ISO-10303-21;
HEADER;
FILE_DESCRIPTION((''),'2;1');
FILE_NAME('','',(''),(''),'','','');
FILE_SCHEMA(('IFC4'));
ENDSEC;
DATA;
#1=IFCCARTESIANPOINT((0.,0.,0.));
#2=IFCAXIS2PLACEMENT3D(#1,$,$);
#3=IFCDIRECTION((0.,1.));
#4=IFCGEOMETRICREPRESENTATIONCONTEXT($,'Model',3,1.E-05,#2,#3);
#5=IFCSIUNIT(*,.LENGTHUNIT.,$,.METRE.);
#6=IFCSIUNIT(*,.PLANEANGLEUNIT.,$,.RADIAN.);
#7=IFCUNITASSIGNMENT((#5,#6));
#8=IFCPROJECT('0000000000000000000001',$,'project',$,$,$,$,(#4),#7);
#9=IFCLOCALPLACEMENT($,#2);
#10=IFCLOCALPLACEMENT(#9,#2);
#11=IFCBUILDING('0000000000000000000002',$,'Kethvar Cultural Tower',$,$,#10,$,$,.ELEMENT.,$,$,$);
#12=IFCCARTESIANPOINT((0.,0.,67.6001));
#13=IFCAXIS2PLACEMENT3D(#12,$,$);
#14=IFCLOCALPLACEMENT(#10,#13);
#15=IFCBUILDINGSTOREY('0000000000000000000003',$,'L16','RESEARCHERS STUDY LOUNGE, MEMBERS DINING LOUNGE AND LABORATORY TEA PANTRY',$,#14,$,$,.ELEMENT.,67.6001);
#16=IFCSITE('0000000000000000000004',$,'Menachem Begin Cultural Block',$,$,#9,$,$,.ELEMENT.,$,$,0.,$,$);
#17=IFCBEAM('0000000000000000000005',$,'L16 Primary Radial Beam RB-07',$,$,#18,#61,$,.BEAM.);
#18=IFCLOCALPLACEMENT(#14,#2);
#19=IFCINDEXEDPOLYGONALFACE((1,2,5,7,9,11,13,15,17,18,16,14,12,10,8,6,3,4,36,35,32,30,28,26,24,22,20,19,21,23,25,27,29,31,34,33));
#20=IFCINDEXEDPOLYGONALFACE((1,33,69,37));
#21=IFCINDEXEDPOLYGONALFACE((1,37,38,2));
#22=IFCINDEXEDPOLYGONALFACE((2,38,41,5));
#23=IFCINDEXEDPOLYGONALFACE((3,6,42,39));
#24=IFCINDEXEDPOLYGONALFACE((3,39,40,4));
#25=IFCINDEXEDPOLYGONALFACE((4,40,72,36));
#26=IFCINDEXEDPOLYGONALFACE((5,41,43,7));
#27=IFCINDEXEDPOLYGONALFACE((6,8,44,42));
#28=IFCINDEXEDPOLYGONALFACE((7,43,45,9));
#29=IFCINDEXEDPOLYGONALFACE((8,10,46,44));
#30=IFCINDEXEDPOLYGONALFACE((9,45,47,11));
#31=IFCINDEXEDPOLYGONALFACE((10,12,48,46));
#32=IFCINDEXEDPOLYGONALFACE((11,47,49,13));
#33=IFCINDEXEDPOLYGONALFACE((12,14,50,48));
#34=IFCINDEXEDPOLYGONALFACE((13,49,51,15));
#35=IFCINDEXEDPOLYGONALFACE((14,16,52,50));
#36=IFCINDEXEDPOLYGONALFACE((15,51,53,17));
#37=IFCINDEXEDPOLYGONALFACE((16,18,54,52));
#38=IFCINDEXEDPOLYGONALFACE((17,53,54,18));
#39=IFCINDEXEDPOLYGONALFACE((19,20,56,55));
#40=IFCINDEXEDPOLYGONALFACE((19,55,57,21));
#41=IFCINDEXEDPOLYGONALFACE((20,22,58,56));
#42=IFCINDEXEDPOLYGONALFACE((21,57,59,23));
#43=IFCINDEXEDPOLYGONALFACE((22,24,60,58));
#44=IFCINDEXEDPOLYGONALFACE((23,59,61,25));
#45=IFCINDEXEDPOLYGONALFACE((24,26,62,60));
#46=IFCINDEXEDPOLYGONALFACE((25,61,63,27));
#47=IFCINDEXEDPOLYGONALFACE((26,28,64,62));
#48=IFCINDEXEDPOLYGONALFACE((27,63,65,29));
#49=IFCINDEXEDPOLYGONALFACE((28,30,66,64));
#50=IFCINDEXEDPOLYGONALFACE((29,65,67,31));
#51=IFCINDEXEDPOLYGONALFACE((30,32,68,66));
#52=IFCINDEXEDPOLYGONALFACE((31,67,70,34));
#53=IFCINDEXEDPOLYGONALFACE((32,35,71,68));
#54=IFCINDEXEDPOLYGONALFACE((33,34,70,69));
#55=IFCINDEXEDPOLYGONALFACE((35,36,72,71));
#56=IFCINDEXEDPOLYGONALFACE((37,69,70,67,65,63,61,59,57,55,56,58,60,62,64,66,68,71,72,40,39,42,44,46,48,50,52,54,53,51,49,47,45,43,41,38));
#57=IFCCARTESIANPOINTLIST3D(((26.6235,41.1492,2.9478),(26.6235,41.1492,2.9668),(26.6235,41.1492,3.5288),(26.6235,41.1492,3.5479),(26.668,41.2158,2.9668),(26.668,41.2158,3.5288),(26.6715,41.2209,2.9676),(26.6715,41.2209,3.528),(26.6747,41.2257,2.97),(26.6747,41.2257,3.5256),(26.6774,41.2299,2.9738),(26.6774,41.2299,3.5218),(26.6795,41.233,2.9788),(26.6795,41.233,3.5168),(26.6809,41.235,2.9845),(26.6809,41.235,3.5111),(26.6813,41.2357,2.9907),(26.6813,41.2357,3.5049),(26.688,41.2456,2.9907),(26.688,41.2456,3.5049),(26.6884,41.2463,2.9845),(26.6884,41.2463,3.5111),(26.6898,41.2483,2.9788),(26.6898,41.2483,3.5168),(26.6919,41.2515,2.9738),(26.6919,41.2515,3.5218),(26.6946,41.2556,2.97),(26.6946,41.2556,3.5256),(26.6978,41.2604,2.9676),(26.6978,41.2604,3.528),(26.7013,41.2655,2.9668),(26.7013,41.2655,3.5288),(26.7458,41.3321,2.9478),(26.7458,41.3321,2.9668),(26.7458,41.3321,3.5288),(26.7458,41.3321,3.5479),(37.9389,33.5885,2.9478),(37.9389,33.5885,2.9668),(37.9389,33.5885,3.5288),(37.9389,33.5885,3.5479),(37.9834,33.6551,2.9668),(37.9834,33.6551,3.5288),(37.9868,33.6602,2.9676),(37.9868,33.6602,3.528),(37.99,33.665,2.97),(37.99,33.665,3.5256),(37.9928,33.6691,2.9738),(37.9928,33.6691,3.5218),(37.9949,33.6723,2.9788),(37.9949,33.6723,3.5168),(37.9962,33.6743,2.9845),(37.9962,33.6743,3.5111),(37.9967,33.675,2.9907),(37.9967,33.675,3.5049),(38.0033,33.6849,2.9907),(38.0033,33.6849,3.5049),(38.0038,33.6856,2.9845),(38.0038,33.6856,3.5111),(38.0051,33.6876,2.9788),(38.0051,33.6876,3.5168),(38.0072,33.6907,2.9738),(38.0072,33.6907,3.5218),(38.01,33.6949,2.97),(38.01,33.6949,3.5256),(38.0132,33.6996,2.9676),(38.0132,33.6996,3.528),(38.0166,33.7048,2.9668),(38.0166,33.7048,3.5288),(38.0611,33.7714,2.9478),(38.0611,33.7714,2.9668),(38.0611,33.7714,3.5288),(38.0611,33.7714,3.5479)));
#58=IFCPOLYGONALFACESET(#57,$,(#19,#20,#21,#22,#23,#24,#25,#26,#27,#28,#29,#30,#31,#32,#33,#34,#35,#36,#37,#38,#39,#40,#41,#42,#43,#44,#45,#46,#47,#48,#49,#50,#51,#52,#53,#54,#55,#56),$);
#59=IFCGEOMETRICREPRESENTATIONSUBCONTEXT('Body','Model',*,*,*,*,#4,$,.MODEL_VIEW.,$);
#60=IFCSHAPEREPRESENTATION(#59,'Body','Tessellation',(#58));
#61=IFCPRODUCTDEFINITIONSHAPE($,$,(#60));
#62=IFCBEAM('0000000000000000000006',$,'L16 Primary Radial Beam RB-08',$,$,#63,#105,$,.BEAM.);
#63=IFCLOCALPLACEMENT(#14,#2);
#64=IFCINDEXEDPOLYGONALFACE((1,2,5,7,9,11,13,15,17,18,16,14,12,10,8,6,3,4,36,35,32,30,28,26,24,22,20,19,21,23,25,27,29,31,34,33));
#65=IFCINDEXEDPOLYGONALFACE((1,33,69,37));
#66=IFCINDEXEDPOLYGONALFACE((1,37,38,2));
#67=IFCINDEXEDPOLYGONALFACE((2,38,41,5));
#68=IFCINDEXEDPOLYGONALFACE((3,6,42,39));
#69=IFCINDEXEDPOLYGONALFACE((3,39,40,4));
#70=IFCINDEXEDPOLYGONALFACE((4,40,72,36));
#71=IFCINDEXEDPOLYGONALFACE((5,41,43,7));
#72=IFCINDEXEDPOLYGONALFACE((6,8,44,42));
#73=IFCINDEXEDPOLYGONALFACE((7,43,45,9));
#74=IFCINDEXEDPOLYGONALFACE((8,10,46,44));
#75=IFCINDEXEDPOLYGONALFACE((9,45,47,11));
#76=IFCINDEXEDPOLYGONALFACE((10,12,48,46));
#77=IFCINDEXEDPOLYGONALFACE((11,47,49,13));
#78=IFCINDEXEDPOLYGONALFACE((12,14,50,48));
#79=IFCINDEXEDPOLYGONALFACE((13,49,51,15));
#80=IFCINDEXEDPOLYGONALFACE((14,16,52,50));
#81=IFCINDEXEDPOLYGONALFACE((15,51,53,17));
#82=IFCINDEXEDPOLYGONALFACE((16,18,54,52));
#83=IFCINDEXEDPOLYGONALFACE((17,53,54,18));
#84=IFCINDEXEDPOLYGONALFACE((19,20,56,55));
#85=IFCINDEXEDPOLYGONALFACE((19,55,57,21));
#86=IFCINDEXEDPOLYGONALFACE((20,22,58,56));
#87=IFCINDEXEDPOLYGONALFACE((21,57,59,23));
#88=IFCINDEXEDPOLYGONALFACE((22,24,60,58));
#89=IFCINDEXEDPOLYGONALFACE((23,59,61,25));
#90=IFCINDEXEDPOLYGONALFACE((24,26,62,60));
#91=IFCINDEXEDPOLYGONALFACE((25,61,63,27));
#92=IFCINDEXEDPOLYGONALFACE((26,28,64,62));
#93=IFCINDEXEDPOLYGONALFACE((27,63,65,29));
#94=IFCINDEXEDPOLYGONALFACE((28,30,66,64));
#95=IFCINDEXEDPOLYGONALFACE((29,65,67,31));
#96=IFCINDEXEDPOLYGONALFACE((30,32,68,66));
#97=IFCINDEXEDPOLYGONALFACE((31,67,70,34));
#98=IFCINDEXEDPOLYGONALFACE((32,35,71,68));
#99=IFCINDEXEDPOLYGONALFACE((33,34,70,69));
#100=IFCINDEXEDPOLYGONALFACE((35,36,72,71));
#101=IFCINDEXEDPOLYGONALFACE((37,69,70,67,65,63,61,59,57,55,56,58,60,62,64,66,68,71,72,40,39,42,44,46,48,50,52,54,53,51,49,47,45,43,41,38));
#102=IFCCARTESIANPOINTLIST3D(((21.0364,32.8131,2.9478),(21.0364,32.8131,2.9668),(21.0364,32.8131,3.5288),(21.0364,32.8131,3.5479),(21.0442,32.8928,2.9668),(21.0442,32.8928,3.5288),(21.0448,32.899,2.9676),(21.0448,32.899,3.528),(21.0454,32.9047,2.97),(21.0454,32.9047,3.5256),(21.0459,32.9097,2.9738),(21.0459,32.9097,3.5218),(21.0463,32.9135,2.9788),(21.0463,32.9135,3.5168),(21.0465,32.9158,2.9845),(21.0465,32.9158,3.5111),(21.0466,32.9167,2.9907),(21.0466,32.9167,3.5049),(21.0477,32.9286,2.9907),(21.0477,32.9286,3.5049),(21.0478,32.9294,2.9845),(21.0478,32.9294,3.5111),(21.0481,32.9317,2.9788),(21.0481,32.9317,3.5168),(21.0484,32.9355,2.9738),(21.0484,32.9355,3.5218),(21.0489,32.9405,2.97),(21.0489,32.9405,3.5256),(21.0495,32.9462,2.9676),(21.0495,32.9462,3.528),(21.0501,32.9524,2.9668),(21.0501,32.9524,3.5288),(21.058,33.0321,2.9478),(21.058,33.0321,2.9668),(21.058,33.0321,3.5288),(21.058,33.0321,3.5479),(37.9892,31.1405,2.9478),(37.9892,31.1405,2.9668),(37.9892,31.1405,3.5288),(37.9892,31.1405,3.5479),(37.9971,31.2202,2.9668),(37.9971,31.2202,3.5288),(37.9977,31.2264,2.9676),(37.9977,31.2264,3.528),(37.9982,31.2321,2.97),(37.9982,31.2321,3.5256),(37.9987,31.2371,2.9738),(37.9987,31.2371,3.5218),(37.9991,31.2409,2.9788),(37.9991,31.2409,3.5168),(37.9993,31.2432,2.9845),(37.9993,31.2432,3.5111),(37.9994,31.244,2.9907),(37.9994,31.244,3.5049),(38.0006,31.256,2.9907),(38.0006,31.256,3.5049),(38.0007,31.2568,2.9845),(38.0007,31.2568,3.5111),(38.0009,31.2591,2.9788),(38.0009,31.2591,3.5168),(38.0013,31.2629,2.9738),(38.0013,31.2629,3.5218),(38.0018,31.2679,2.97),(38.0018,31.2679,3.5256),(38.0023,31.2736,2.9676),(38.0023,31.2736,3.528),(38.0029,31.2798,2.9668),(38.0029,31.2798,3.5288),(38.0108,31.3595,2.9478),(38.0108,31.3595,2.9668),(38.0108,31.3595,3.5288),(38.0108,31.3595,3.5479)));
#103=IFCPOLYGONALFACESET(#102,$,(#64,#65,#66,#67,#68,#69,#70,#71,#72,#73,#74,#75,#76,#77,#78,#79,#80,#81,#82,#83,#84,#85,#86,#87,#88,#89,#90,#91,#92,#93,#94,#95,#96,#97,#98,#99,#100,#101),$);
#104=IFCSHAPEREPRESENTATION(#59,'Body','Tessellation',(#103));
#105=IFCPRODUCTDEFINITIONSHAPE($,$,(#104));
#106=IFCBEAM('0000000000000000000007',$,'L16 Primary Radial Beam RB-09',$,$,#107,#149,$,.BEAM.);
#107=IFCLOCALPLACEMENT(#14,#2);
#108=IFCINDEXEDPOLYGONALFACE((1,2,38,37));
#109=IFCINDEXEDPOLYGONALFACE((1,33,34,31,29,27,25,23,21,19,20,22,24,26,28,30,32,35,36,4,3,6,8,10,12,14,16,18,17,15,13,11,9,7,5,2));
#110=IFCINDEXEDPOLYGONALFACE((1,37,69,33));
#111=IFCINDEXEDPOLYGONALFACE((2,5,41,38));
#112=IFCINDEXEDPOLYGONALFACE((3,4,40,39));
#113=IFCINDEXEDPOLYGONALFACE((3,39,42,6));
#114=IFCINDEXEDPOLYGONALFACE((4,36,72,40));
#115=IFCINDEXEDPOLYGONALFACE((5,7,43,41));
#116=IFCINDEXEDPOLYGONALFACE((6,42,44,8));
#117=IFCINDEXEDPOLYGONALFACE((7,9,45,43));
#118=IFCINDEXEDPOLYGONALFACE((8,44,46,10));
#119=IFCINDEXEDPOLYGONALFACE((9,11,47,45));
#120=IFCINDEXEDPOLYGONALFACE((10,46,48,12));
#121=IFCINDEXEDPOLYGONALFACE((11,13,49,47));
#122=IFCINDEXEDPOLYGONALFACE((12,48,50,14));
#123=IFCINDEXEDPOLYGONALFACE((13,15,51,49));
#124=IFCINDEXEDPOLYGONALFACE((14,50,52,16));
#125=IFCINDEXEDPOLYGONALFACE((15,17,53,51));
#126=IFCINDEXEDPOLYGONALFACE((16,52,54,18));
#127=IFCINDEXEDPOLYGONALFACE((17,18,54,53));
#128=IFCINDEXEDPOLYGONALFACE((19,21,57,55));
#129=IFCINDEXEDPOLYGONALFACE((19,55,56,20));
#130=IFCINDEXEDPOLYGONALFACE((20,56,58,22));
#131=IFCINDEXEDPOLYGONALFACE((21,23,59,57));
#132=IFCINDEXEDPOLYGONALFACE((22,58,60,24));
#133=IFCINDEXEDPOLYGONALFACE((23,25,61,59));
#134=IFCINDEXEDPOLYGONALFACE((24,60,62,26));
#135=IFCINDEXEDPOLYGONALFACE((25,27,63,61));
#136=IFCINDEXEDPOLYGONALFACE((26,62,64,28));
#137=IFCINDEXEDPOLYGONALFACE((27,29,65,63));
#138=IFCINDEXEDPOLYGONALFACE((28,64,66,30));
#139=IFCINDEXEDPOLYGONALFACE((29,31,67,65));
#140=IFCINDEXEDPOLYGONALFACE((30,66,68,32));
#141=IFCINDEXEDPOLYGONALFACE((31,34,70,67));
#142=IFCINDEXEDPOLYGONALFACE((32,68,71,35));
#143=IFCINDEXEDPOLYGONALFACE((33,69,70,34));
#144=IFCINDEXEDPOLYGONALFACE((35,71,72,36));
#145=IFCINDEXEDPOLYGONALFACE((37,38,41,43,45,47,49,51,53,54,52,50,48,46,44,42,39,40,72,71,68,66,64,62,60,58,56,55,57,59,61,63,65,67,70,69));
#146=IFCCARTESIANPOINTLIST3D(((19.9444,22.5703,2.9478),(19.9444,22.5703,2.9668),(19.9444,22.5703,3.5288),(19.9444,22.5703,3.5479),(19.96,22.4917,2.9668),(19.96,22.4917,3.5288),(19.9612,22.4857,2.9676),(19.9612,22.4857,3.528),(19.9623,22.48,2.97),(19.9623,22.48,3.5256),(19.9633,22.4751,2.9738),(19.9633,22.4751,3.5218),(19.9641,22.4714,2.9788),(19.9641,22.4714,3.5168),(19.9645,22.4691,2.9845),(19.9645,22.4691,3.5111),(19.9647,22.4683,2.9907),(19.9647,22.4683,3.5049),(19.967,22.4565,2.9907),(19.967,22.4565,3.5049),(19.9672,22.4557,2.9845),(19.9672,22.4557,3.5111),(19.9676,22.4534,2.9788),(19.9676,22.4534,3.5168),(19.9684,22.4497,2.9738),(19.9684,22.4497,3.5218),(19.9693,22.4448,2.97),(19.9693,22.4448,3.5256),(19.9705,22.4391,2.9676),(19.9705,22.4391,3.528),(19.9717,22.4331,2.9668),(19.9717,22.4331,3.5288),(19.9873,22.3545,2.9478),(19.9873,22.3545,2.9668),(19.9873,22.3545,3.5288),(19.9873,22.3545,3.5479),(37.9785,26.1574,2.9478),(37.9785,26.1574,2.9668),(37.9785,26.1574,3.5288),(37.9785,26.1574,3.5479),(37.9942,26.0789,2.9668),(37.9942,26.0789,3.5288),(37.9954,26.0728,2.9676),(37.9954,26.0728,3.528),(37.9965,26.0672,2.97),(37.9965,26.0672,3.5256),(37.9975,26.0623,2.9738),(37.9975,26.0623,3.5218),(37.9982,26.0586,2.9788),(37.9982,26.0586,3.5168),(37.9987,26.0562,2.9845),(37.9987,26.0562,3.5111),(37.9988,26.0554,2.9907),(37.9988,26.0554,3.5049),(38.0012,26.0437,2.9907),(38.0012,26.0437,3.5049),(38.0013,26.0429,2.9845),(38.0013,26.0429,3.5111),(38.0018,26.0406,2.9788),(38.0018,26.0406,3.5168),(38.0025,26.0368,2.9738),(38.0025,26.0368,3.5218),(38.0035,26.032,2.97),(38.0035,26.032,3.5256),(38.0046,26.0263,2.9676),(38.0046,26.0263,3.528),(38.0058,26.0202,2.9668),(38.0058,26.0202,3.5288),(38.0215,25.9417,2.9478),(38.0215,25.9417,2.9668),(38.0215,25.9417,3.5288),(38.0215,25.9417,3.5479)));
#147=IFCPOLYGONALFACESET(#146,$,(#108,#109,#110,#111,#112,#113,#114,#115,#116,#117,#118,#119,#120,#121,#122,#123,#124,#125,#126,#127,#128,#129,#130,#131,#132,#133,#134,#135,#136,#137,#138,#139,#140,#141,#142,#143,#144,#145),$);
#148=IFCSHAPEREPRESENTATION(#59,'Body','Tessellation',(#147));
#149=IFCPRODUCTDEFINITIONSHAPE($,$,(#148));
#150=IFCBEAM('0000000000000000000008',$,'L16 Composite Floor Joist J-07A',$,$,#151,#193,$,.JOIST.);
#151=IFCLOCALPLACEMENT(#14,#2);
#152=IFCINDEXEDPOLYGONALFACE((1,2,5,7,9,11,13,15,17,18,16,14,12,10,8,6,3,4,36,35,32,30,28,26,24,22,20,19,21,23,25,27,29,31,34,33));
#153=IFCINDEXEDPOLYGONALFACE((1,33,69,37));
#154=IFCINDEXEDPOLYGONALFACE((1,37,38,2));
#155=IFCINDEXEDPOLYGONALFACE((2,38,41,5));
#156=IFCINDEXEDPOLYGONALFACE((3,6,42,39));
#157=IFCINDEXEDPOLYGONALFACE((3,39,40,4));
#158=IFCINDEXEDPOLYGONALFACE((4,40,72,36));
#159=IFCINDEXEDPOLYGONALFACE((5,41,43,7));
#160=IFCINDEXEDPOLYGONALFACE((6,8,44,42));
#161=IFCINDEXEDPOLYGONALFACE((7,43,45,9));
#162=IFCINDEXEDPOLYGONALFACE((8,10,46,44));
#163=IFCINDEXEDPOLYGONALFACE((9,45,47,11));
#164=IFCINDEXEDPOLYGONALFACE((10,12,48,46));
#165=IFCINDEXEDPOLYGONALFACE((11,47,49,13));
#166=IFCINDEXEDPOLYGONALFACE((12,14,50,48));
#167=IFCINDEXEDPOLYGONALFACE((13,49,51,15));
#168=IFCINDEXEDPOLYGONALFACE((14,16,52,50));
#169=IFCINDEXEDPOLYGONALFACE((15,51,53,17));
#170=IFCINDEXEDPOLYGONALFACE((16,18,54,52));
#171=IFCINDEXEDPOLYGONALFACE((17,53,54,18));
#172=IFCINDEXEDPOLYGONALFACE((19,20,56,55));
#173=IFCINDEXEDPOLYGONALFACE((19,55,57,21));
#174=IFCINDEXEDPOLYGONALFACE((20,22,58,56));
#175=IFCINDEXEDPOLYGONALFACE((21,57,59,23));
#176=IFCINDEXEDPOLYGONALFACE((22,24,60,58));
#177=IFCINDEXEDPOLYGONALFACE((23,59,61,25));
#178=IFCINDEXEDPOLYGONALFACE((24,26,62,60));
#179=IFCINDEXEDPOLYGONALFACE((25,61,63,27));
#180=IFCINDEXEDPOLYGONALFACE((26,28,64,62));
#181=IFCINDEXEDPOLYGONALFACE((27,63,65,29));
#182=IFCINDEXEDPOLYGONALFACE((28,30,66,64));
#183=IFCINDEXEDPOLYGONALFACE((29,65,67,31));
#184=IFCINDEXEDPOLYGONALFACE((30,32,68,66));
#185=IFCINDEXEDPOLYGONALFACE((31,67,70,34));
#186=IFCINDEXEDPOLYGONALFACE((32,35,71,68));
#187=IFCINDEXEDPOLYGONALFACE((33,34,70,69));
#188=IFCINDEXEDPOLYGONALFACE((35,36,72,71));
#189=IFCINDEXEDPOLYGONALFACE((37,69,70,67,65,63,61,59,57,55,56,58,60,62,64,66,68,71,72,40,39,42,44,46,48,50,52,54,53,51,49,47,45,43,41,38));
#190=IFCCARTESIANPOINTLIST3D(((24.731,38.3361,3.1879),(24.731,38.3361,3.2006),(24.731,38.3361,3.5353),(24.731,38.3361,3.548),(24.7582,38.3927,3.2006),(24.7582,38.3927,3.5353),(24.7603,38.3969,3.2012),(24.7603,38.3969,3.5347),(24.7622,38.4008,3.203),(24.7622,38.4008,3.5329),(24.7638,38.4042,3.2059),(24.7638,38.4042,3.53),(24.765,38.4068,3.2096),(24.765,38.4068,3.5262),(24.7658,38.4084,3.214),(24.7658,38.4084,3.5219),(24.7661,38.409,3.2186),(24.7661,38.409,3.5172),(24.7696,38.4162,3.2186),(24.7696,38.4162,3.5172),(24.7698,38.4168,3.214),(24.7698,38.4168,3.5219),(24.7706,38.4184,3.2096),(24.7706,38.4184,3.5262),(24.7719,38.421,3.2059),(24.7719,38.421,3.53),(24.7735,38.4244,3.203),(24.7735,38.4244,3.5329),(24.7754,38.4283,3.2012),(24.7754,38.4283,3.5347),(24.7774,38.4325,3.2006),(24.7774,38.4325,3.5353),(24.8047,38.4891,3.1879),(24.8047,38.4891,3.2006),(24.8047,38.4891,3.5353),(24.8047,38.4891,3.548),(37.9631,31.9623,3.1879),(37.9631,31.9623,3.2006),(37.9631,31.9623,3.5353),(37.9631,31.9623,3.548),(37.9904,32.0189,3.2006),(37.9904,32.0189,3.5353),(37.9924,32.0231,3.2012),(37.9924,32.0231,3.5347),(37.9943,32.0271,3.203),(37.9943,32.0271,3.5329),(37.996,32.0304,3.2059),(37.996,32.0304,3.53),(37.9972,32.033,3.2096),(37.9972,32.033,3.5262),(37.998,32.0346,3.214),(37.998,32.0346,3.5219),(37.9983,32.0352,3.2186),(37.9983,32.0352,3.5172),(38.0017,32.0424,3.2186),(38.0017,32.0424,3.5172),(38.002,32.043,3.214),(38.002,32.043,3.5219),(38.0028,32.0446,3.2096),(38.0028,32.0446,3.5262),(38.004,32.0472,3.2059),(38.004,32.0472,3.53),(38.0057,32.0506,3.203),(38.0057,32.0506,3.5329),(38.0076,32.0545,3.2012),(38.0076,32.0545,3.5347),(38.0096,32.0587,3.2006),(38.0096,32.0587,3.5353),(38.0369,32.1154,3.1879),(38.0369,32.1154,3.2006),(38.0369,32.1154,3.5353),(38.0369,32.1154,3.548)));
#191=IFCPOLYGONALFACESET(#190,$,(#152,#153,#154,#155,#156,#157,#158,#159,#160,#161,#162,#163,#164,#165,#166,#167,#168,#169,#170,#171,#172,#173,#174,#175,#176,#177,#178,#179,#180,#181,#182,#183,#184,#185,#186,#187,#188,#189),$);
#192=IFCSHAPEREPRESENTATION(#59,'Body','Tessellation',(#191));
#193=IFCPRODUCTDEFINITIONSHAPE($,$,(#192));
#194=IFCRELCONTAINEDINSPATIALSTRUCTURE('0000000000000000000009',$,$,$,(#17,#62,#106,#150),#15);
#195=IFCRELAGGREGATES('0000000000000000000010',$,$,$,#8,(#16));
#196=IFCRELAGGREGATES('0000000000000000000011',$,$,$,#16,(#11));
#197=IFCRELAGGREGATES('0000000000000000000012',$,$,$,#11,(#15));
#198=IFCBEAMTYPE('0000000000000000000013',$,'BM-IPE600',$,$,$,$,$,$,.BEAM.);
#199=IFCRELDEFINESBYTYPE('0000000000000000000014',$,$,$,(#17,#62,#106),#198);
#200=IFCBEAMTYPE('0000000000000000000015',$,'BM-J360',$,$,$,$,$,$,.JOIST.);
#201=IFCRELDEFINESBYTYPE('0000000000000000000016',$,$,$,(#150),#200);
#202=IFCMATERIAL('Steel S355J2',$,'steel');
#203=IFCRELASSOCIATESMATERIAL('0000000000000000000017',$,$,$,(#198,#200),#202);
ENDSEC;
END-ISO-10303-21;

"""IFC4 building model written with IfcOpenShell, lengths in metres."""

from ifc_helpers import new_model, si_unit, direction, frame, origin, origin_2d, place, context, subcontext, project, spatial, i_section, extrude, source, transform, mapped, material, material_profile, profile_set, type_object, element, save


model = new_model("IFC4")

# Units and contexts
model_context = context("Model", 3, precision=1e-05, world=origin(), true_north=direction((0.0, 1.0)))
body_context = subcontext(model_context, "Body", "Model", "MODEL_VIEW")
ifc_project = project(units=[si_unit("LENGTHUNIT", "METRE"), si_unit("PLANEANGLEUNIT", "RADIAN")], contexts=[model_context])

# Site, building, storey
site_placement = place(None, origin())
site = spatial("IfcSite", under=ifc_project, at=site_placement, Name="Menachem Begin Cultural Block", CompositionType="ELEMENT", RefElevation=0.0)
building_placement = place(site_placement, origin())
building = spatial("IfcBuilding", under=site, at=building_placement, Name="Kethvar Cultural Tower", CompositionType="ELEMENT")
storey_placement = place(building_placement, frame((0.0, 0.0, 67.6001)))
storey = spatial("IfcBuildingStorey", under=building, at=storey_placement, Name="L16", Description="RESEARCHERS STUDY LOUNGE, MEMBERS DINING LOUNGE AND LABORATORY TEA PANTRY", CompositionType="ELEMENT", Elevation=67.6001)

# Beams
ifc_material_1 = material(Name="Steel S355J2", Category="steel")
ifc_material_profile_1 = material_profile(ifc_material_1, i_section(OverallWidth=0.22, OverallDepth=0.6001, WebThickness=0.012, FlangeThickness=0.019, FilletRadius=0.0239, at=origin_2d()), Name="Steel S355J2 — IPE600")
ifc_profile_set_1 = profile_set([ifc_material_profile_1], Name="Steel S355J2 — IPE600")
beam_type_1 = type_object("IfcBeamType", Name="BM-IPE600", PredefinedType="BEAM", material=ifc_profile_set_1)
shared_shape_1 = source(origin(), body_context, "Body", "SweptSolid", [
    extrude(i_section(OverallWidth=0.22, OverallDepth=0.6001, WebThickness=0.012, FlangeThickness=0.019, FilletRadius=0.0239, at=origin_2d()), origin(), (0.0, 0.0, 1.0), 13.6089),
])
beam_1_placement = place(storey_placement, frame((38.0, 33.6799, 3.2478), z_axis=(-0.831467, 0.555573, 0.0), x_axis=(-0.555573, -0.831467, 0.0)))
element("IfcBeam", 1, at=beam_1_placement, inside=storey, type_object=beam_type_1, Name="L16 Primary Radial Beam RB-07", PredefinedType="BEAM", context=body_context, shape_type="MappedRepresentation", body=[
    mapped(shared_shape_1, transform((0.0, 0.0, 0.0), scale=1.0)),
])
shared_shape_2 = source(origin(), body_context, "Body", "SweptSolid", [
    extrude(i_section(OverallWidth=0.22, OverallDepth=0.6001, WebThickness=0.012, FlangeThickness=0.019, FilletRadius=0.0239, at=origin_2d()), origin(), (0.0, 0.0, 1.0), 17.0352),
])
beam_2_placement = place(storey_placement, frame((38.0, 31.25, 3.2478), z_axis=(-0.995168, 0.098185, 0.0), x_axis=(-0.098185, -0.995168, 0.0)))
element("IfcBeam", 2, at=beam_2_placement, inside=storey, type_object=beam_type_1, Name="L16 Primary Radial Beam RB-08", PredefinedType="BEAM", context=body_context, shape_type="MappedRepresentation", body=[
    mapped(shared_shape_2, transform((0.0, 0.0, 0.0), scale=1.0)),
])
shared_shape_3 = source(origin(), body_context, "Body", "SweptSolid", [
    extrude(i_section(OverallWidth=0.22, OverallDepth=0.6001, WebThickness=0.012, FlangeThickness=0.019, FilletRadius=0.0239, at=origin_2d()), origin(), (0.0, 0.0, 1.0), 18.3875),
])
beam_3_placement = place(storey_placement, frame((38.0, 26.0496, 3.2478), z_axis=(-0.980786, -0.195087, 0.0), x_axis=(0.195087, -0.980786, 0.0)))
element("IfcBeam", 3, at=beam_3_placement, inside=storey, type_object=beam_type_1, Name="L16 Primary Radial Beam RB-09", PredefinedType="BEAM", context=body_context, shape_type="MappedRepresentation", body=[
    mapped(shared_shape_3, transform((0.0, 0.0, 0.0), scale=1.0)),
])
ifc_material_profile_2 = material_profile(ifc_material_1, i_section(OverallWidth=0.1699, OverallDepth=0.3601, WebThickness=0.0081, FlangeThickness=0.0127, FilletRadius=0.0181, at=origin_2d()), Name="Steel S355J2 — IPE360")
ifc_profile_set_2 = profile_set([ifc_material_profile_2], Name="Steel S355J2 — IPE360")
beam_type_2 = type_object("IfcBeamType", Name="BM-J360", PredefinedType="JOIST", material=ifc_profile_set_2)
shared_shape_4 = source(origin(), body_context, "Body", "SweptSolid", [
    extrude(i_section(OverallWidth=0.1699, OverallDepth=0.3601, WebThickness=0.0081, FlangeThickness=0.0127, FilletRadius=0.0181, at=origin_2d()), origin(), (0.0, 0.0, 1.0), 14.6873),
])
beam_4_placement = place(storey_placement, frame((38.0, 32.0388, 3.3679), z_axis=(-0.900929, 0.433967, 0.0), x_axis=(-0.433967, -0.900929, 0.0)))
element("IfcBeam", 4, at=beam_4_placement, inside=storey, type_object=beam_type_2, Name="L16 Composite Floor Joist J-07A", PredefinedType="JOIST", context=body_context, shape_type="MappedRepresentation", body=[
    mapped(shared_shape_4, transform((0.0, 0.0, 0.0), scale=1.0)),
])

save(model, "model.ifc")
